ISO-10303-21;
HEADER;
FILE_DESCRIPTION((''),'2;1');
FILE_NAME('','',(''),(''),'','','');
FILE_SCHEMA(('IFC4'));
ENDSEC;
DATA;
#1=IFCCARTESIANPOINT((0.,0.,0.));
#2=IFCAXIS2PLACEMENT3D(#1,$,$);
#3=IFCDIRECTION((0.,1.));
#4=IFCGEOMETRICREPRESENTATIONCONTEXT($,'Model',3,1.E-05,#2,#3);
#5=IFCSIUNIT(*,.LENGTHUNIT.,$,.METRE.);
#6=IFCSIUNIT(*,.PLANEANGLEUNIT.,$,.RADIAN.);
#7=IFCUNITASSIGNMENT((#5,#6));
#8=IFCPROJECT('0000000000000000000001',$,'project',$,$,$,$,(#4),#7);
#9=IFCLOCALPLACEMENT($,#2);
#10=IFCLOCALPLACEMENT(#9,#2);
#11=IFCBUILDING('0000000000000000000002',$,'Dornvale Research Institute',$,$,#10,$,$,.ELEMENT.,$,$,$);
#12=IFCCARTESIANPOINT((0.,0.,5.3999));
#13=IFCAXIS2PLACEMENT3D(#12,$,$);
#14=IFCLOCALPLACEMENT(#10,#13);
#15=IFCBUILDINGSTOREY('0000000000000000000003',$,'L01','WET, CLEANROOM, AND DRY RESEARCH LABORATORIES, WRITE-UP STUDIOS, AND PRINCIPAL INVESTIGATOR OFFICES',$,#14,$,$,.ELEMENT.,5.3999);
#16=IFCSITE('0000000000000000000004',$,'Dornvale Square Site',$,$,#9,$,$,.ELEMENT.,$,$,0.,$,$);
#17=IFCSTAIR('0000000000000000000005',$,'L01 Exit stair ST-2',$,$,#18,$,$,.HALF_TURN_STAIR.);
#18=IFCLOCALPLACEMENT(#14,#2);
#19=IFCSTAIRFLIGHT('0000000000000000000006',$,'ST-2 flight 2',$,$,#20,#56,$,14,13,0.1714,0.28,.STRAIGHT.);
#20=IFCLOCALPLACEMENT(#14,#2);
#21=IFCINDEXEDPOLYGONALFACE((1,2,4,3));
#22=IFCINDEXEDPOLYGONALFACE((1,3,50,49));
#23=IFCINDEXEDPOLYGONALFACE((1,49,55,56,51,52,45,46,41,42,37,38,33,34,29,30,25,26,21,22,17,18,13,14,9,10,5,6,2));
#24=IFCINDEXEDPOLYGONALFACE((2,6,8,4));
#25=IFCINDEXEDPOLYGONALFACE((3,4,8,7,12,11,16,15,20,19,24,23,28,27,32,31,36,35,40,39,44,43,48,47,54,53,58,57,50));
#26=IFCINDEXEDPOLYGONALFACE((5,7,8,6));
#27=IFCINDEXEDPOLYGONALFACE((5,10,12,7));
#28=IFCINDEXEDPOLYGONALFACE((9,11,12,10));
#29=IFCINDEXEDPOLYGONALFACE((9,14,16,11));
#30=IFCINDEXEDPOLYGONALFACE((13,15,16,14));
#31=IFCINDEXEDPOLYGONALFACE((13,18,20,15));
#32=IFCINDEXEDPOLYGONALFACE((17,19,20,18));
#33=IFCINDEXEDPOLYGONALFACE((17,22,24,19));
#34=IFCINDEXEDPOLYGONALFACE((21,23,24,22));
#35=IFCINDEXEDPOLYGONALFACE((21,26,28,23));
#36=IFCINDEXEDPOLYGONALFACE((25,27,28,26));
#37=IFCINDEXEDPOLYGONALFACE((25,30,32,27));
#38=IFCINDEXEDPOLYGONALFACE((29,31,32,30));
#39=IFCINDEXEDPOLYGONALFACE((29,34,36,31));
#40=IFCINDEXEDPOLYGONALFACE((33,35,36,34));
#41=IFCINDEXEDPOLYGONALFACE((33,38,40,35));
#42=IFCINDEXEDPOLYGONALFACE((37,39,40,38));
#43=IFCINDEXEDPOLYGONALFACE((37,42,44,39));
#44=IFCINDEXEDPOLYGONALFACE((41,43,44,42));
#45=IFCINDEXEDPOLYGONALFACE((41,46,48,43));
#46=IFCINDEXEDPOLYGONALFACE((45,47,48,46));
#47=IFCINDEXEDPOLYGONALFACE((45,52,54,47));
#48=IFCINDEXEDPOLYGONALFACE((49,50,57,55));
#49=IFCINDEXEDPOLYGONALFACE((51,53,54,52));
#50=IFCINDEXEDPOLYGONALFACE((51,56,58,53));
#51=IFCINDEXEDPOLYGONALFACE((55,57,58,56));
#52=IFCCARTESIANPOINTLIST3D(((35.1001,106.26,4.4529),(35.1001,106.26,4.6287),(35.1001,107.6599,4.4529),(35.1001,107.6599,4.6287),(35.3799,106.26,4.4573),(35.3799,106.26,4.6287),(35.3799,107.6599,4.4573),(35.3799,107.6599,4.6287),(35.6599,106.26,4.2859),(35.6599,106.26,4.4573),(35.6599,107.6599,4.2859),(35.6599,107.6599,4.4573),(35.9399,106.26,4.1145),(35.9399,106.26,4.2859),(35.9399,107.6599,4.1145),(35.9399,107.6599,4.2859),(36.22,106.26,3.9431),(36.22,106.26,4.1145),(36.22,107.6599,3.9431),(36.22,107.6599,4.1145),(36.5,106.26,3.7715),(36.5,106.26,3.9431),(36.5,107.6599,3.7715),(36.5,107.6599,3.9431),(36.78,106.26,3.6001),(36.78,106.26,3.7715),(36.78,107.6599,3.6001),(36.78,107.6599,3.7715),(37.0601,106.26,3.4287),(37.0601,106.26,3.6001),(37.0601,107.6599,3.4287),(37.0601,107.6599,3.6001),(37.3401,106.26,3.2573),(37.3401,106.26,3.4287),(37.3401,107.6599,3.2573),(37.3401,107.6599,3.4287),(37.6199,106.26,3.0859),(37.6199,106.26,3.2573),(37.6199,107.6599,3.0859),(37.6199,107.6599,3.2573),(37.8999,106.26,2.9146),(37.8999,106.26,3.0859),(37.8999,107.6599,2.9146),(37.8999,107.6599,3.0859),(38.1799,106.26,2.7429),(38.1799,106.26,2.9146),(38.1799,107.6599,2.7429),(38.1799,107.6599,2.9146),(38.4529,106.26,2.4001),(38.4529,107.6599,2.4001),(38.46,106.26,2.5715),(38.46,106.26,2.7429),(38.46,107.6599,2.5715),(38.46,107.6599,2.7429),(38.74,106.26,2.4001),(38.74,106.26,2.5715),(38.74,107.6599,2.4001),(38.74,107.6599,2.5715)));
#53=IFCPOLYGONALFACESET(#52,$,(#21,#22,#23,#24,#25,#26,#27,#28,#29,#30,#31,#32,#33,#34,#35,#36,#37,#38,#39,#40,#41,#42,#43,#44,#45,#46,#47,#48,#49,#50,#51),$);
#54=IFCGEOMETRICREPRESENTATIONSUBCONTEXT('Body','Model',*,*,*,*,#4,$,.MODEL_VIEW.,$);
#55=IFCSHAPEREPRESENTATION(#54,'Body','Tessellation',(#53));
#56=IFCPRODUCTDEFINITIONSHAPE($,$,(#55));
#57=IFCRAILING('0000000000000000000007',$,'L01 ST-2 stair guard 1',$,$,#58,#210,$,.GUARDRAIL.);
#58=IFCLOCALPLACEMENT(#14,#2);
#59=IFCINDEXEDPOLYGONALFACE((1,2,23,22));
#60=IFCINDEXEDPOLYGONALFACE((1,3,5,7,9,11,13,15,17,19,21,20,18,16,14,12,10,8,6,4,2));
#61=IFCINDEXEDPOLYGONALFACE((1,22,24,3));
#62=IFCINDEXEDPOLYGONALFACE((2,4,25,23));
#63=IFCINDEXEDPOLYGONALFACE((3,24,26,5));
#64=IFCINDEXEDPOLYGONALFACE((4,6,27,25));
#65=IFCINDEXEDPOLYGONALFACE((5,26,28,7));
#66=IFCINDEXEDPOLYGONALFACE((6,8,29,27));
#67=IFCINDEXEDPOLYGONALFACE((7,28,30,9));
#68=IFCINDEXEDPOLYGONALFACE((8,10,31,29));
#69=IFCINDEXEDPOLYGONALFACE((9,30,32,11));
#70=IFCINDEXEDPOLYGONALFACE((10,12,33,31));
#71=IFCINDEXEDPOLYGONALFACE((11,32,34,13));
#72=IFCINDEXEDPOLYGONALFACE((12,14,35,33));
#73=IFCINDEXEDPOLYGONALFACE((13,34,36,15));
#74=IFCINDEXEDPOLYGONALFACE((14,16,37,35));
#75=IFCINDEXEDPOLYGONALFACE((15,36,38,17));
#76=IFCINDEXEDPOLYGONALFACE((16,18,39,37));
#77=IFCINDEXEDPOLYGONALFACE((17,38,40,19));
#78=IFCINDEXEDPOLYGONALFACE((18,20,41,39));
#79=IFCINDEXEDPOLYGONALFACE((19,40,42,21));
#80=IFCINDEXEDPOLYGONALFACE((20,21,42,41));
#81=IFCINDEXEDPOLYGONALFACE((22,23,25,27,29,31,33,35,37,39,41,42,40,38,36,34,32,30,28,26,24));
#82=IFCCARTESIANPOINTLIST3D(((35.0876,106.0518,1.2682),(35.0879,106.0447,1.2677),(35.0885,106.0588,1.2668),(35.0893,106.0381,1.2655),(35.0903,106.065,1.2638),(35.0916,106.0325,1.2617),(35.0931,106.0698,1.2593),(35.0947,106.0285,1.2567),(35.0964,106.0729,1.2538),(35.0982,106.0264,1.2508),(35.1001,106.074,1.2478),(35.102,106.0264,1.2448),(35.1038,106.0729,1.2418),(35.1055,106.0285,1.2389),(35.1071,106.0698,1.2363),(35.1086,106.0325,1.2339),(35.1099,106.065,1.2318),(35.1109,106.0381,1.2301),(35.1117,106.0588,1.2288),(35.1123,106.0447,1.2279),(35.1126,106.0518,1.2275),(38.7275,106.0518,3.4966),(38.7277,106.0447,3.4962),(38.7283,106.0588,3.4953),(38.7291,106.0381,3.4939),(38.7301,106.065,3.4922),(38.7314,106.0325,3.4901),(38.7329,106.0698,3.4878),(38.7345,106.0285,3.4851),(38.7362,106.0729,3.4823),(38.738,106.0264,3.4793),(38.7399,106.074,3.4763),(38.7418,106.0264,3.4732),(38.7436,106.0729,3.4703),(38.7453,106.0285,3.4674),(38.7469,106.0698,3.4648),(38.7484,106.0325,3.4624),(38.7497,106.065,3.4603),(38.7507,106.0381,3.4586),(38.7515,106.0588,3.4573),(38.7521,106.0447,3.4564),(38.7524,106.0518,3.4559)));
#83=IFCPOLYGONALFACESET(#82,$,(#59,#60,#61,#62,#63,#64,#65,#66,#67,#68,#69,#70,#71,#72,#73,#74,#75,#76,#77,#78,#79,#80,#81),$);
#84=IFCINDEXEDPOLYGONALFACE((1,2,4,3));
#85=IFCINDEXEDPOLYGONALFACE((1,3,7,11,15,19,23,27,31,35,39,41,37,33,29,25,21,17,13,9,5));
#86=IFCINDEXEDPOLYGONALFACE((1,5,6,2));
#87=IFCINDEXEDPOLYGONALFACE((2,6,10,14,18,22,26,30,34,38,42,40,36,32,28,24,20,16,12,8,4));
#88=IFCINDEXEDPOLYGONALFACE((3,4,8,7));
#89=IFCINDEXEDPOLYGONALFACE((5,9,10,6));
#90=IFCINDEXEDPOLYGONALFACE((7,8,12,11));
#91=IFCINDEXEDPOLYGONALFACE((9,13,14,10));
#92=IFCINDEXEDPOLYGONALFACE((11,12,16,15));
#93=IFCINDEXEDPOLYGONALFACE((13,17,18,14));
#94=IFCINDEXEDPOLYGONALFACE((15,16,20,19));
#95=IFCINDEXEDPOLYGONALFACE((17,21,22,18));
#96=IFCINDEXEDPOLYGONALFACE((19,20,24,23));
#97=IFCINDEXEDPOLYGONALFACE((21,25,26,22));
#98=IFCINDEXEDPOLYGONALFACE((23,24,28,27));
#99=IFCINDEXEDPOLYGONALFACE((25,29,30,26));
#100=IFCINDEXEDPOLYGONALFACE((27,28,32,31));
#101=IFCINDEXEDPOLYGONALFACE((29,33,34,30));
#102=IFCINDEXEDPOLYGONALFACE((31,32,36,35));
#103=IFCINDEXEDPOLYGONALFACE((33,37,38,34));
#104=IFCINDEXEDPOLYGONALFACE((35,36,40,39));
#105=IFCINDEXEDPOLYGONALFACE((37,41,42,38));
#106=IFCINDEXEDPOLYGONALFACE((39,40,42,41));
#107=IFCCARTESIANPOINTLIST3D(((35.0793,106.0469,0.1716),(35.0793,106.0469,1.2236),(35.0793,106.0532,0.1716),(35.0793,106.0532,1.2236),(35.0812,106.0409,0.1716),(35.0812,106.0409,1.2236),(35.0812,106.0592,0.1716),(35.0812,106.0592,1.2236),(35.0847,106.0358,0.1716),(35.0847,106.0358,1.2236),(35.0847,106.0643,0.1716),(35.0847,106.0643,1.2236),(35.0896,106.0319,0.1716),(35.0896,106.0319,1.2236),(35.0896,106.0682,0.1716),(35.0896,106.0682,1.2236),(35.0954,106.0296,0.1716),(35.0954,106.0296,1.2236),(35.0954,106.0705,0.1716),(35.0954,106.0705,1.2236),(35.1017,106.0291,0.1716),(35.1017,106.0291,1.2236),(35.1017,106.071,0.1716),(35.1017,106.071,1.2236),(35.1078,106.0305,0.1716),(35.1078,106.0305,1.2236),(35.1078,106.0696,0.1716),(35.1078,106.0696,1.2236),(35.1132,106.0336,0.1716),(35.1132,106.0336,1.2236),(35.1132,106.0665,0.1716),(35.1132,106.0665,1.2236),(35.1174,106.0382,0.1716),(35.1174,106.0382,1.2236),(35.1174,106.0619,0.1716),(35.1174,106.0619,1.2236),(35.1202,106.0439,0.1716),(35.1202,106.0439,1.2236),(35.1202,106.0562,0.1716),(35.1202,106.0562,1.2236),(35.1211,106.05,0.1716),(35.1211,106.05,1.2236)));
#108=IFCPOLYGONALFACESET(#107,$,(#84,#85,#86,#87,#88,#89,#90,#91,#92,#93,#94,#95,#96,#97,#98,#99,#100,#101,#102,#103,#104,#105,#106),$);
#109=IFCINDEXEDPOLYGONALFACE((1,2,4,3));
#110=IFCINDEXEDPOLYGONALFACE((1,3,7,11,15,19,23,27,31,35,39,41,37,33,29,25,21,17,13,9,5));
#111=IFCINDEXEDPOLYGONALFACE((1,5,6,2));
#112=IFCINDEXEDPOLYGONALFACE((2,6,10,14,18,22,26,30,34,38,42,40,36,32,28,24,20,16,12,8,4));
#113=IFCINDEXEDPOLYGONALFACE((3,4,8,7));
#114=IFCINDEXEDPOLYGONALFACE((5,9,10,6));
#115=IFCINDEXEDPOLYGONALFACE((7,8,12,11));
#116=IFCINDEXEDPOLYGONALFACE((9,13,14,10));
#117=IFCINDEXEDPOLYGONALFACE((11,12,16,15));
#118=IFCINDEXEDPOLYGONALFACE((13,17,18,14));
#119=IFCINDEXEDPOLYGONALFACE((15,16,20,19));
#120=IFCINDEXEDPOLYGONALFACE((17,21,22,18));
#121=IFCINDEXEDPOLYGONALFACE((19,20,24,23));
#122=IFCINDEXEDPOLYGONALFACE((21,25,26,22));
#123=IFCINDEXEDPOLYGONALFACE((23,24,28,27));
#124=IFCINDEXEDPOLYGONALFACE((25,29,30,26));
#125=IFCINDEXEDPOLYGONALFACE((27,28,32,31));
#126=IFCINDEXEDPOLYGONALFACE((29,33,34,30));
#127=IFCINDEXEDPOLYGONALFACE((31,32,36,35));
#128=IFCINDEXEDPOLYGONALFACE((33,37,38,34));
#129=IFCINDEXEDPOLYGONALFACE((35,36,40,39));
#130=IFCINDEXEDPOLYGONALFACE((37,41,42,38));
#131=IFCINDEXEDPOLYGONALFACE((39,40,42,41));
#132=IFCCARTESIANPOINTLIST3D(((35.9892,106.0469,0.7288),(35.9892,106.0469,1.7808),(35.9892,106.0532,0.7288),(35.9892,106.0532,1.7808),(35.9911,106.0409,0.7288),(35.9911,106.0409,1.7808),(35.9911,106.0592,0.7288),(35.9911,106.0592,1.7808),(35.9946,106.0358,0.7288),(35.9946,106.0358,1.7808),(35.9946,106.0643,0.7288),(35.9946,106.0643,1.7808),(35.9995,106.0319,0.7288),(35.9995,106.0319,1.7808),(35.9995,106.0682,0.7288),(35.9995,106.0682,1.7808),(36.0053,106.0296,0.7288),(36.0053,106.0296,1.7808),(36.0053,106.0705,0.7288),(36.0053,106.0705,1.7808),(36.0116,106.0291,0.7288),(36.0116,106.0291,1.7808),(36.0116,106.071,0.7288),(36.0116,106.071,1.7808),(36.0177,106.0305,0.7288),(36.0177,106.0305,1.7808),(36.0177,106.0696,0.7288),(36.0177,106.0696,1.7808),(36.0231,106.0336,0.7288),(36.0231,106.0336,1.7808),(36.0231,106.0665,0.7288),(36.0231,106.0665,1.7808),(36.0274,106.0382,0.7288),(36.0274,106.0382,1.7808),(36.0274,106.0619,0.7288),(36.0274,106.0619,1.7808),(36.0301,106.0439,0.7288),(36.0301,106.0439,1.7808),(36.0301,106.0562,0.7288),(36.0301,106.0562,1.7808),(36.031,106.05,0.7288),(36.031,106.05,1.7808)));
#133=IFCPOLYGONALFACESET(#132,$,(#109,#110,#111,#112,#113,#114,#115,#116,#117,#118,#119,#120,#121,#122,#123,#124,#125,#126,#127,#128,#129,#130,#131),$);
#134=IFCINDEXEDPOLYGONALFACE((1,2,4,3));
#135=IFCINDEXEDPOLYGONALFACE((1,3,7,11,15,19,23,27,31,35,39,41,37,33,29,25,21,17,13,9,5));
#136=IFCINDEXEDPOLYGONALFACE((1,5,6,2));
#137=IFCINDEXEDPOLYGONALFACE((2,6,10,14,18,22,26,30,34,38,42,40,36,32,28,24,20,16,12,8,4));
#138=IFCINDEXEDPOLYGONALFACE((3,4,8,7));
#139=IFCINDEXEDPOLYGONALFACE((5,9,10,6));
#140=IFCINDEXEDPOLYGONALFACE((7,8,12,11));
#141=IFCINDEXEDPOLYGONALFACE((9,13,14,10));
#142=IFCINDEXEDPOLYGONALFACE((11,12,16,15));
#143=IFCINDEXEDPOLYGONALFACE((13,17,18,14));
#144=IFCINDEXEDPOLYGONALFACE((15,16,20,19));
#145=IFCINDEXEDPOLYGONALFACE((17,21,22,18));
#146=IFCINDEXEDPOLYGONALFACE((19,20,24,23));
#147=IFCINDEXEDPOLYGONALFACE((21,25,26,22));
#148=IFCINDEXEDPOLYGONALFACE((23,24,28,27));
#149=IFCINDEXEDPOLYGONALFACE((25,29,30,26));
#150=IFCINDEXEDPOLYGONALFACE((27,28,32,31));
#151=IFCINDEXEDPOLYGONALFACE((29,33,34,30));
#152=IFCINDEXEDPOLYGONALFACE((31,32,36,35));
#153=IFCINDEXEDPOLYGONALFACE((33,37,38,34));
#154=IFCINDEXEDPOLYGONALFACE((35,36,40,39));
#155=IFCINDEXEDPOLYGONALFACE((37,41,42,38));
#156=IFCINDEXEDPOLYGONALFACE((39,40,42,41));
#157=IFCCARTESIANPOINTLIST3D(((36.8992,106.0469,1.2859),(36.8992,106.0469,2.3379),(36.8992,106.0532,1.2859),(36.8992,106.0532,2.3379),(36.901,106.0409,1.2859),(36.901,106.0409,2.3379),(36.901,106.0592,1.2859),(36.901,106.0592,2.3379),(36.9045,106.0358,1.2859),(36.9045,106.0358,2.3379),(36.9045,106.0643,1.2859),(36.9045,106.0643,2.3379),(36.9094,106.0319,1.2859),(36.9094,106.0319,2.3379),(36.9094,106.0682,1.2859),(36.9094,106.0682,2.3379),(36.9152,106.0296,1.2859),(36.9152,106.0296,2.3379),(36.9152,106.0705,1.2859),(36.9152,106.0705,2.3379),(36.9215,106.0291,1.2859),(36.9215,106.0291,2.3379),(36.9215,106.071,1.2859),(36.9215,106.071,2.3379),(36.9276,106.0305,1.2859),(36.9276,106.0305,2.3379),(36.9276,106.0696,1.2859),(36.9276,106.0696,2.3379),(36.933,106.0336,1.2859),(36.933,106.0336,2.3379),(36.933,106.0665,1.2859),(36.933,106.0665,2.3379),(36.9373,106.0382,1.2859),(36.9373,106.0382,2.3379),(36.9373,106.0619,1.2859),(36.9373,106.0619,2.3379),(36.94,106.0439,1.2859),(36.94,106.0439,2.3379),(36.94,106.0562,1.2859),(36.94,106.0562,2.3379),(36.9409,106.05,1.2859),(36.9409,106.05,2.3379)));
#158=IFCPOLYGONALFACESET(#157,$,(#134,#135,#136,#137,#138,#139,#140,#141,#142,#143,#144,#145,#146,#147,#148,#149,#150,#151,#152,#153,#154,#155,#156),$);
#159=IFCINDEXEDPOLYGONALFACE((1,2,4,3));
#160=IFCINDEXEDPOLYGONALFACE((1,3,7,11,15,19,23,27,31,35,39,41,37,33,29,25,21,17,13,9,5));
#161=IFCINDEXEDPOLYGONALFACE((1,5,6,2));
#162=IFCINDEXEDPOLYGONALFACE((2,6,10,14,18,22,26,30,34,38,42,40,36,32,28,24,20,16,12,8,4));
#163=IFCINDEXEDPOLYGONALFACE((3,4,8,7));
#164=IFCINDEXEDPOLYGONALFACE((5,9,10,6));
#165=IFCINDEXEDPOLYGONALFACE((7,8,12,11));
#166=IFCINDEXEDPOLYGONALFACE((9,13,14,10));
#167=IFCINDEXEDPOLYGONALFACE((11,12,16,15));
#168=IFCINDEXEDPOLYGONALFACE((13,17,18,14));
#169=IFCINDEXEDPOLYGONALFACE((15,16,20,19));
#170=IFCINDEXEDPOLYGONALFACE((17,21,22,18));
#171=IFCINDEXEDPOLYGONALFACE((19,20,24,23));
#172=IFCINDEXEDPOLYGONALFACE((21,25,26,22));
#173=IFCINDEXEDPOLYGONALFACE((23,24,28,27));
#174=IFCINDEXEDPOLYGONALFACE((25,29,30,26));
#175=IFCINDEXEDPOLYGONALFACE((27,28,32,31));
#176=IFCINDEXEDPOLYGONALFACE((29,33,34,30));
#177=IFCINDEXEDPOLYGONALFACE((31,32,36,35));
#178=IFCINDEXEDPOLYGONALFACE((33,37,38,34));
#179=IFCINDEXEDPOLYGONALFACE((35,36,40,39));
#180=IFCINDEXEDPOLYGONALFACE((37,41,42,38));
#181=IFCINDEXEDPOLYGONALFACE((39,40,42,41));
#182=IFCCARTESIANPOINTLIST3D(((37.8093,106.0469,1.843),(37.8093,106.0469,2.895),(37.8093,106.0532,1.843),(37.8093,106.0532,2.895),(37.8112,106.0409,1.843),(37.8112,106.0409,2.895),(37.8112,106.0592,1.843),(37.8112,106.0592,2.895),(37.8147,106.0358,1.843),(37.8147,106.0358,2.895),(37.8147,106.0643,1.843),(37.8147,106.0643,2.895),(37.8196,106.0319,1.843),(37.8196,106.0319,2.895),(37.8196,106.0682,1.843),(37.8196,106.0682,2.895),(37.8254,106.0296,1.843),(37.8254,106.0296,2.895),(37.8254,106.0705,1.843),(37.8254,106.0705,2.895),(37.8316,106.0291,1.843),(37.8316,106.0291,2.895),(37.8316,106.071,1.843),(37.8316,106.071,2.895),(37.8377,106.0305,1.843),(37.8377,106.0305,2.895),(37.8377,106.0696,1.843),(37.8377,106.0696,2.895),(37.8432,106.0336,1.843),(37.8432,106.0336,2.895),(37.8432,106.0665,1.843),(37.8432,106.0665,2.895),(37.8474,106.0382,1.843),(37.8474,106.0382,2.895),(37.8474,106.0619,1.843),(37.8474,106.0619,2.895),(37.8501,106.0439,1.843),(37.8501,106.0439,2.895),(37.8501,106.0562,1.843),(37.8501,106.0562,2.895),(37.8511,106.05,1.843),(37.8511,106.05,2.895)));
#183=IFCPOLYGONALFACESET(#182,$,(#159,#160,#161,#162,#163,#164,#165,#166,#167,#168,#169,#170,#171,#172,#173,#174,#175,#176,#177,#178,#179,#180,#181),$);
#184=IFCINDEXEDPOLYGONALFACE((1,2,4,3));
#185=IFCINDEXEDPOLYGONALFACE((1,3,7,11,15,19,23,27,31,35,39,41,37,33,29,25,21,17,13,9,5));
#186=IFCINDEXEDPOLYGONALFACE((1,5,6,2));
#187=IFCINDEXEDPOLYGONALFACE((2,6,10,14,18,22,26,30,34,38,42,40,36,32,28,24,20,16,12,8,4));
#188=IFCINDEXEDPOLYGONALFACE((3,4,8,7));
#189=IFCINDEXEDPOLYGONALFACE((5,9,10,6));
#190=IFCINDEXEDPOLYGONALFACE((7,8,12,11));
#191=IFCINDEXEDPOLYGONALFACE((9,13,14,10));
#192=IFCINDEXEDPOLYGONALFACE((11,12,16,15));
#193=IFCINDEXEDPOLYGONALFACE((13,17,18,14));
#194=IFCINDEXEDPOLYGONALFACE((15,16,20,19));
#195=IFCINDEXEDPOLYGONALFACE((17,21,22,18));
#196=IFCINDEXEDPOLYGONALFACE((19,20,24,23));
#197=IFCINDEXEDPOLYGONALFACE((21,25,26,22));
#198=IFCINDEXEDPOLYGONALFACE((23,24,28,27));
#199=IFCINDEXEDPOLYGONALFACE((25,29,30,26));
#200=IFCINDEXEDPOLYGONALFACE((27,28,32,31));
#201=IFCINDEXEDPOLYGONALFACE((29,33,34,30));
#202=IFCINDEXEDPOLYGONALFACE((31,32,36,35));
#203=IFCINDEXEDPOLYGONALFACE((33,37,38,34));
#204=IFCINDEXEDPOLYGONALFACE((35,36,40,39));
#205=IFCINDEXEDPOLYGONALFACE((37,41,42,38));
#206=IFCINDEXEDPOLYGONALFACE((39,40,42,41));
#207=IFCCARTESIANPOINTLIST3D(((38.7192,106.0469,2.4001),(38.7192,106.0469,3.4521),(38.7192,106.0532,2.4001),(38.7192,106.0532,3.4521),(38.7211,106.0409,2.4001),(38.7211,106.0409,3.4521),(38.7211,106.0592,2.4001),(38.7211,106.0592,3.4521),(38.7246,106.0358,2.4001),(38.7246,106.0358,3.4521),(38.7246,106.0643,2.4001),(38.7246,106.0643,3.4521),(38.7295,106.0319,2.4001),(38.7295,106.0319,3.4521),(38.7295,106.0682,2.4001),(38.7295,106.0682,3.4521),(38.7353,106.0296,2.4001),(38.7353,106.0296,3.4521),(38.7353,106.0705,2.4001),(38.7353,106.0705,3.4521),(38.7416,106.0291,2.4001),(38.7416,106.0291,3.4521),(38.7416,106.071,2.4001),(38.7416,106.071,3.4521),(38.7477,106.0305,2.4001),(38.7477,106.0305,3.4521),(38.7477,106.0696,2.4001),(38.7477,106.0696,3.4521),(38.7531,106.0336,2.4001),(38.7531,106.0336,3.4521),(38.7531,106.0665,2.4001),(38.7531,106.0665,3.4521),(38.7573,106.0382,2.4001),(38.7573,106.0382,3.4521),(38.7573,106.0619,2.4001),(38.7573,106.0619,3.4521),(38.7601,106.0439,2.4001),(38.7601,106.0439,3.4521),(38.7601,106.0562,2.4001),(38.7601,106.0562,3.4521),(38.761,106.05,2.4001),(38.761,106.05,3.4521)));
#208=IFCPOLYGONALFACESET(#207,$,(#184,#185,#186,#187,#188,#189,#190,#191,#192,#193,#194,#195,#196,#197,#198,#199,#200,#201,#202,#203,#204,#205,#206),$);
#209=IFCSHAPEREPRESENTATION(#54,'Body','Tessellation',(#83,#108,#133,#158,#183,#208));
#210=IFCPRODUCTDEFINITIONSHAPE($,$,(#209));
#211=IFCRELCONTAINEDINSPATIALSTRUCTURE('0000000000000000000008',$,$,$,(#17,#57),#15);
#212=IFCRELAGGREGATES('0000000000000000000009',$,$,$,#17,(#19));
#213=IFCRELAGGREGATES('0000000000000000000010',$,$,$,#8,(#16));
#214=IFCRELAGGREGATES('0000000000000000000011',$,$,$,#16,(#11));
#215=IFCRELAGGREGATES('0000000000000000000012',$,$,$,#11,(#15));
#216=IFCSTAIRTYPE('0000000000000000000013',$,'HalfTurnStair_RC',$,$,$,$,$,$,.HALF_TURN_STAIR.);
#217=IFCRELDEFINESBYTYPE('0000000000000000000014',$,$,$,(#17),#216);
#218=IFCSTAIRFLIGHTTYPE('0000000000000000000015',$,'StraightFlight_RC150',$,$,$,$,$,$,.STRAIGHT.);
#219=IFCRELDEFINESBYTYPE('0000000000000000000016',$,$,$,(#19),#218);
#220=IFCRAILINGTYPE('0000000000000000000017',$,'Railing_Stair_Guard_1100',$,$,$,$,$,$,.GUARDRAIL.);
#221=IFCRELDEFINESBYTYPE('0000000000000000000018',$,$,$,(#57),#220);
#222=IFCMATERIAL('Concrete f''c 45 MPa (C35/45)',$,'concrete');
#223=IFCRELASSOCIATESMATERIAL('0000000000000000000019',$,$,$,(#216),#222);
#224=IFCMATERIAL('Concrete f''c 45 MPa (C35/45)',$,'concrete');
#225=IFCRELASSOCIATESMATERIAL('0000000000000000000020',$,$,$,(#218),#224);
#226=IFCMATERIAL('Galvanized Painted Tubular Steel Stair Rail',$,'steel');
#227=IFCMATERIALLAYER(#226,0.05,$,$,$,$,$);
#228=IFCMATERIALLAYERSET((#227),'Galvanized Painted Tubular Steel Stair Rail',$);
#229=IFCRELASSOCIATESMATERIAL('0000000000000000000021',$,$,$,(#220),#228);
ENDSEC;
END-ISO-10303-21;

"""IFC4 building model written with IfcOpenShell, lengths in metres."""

from ifc_helpers import new_model, si_unit, direction, frame, origin, origin_2d, place, context, subcontext, project, spatial, polyline, circle, outline, extrude, material, layer, layer_set, type_object, element, aggregate, save


model = new_model("IFC4")

# Units and contexts
model_context = context("Model", 3, precision=1e-05, world=origin(), true_north=direction((0.0, 1.0)))
body_context = subcontext(model_context, "Body", "Model", "MODEL_VIEW")
ifc_project = project(units=[si_unit("LENGTHUNIT", "METRE"), si_unit("PLANEANGLEUNIT", "RADIAN")], contexts=[model_context])

# Site, building, storey
site_placement = place(None, origin())
site = spatial("IfcSite", under=ifc_project, at=site_placement, Name="Dornvale Square Site", CompositionType="ELEMENT", RefElevation=0.0)
building_placement = place(site_placement, origin())
building = spatial("IfcBuilding", under=site, at=building_placement, Name="Dornvale Research Institute", CompositionType="ELEMENT")
storey_placement = place(building_placement, frame((0.0, 0.0, 5.3999)))
storey = spatial("IfcBuildingStorey", under=building, at=storey_placement, Name="L01", Description="WET, CLEANROOM, AND DRY RESEARCH LABORATORIES, WRITE-UP STUDIOS, AND PRINCIPAL INVESTIGATOR OFFICES", CompositionType="ELEMENT", Elevation=5.3999)

# Stair, stair flight
ifc_material_1 = material(Name="Concrete f'c 45 MPa (C35/45)", Category="concrete")
stair_type = type_object("IfcStairType", Name="HalfTurnStair_RC", PredefinedType="HALF_TURN_STAIR", material=ifc_material_1)
stair_placement = place(storey_placement, origin())
stair = element("IfcStair", 1, at=stair_placement, inside=storey, type_object=stair_type, Name="L01 Exit stair ST-2", PredefinedType="HALF_TURN_STAIR")
ifc_material_2 = material(Name="Concrete f'c 45 MPa (C35/45)", Category="concrete")
stair_flight_type = type_object("IfcStairFlightType", Name="StraightFlight_RC150", PredefinedType="STRAIGHT", material=ifc_material_2)
stair_flight_1_placement = place(storey_placement, frame((38.74, 106.96, 2.4001), z_axis=(0.0, 0.0, 1.0), x_axis=(-1.0, 0.0, 0.0)))
stair_flight_1 = element("IfcStairFlight", 2, at=stair_flight_1_placement, type_object=stair_flight_type, Name="ST-2 flight 2", NumberOfRisers=14, NumberOfTreads=13, PredefinedType="STRAIGHT", RiserHeight=0.1714, TreadLength=0.28, context=body_context, shape_type="SweptSolid", body=[
    extrude(outline(polyline([(0.0, 0.0), (0.0, 0.1714), (0.28, 0.1714), (0.28, 0.3428), (0.5601, 0.3428), (0.5601, 0.5144), (0.8401, 0.5144), (0.8401, 0.6858), (1.1201, 0.6858), (1.1201, 0.8572), (1.3999, 0.8572), (1.3999, 1.0286), (1.6799, 1.0286), (1.6799, 1.2), (1.96, 1.2), (1.96, 1.3713), (2.24, 1.3713), (2.24, 1.543), (2.52, 1.543), (2.52, 1.7144), (2.8, 1.7144), (2.8, 1.8857), (3.0801, 1.8857), (3.0801, 2.0571), (3.3601, 2.0571), (3.3601, 2.2285), (3.6399, 2.2285), (3.6399, 2.3999), (3.6399, 2.0527), (0.2871, 0.0), (0.0, 0.0)])), frame((0.0, 0.7, 0.0), z_axis=(0.0, -1.0, 0.0), x_axis=(1.0, 0.0, 0.0)), (0.0, 0.0, 1.0), 1.3999),
])
aggregate(stair, [stair_flight_1])

# Railing
ifc_material_3 = material(Name="Galvanized Painted Tubular Steel Stair Rail", Category="steel")
ifc_layer_1 = layer(ifc_material_3, 0.05)
ifc_layer_set_1 = layer_set([ifc_layer_1], Name="Galvanized Painted Tubular Steel Stair Rail")
railing_type_1 = type_object("IfcRailingType", Name="Railing_Stair_Guard_1100", PredefinedType="GUARDRAIL", material=ifc_layer_set_1)
railing_1_placement = place(storey_placement, frame((35.1001, 106.05, 0.1716)))
element("IfcRailing", 3, at=railing_1_placement, inside=storey, type_object=railing_type_1, Name="L01 ST-2 stair guard 1", PredefinedType="GUARDRAIL", context=body_context, shape_type="SweptSolid", body=[
    extrude(circle(Radius=0.0239, at=origin_2d()), frame((0.0, 0.0, 1.0762), z_axis=(0.85285, 0.0, 0.522156), x_axis=(0.0, 1.0, 0.0)), (0.0, 0.0, 1.0), 4.2678),
    extrude(circle(Radius=0.021, at=origin_2d()), origin(), (0.0, 0.0, 1.0), 1.052),
    extrude(circle(Radius=0.021, at=origin_2d()), frame((0.9099, 0.0, 0.5571)), (0.0, 0.0, 1.0), 1.052),
    extrude(circle(Radius=0.021, at=origin_2d()), frame((1.8198, 0.0, 1.1143)), (0.0, 0.0, 1.0), 1.052),
    extrude(circle(Radius=0.021, at=origin_2d()), frame((2.73, 0.0, 1.6714)), (0.0, 0.0, 1.0), 1.052),
    extrude(circle(Radius=0.021, at=origin_2d()), frame((3.6399, 0.0, 2.2285)), (0.0, 0.0, 1.0), 1.052),
])

save(model, "model.ifc")
